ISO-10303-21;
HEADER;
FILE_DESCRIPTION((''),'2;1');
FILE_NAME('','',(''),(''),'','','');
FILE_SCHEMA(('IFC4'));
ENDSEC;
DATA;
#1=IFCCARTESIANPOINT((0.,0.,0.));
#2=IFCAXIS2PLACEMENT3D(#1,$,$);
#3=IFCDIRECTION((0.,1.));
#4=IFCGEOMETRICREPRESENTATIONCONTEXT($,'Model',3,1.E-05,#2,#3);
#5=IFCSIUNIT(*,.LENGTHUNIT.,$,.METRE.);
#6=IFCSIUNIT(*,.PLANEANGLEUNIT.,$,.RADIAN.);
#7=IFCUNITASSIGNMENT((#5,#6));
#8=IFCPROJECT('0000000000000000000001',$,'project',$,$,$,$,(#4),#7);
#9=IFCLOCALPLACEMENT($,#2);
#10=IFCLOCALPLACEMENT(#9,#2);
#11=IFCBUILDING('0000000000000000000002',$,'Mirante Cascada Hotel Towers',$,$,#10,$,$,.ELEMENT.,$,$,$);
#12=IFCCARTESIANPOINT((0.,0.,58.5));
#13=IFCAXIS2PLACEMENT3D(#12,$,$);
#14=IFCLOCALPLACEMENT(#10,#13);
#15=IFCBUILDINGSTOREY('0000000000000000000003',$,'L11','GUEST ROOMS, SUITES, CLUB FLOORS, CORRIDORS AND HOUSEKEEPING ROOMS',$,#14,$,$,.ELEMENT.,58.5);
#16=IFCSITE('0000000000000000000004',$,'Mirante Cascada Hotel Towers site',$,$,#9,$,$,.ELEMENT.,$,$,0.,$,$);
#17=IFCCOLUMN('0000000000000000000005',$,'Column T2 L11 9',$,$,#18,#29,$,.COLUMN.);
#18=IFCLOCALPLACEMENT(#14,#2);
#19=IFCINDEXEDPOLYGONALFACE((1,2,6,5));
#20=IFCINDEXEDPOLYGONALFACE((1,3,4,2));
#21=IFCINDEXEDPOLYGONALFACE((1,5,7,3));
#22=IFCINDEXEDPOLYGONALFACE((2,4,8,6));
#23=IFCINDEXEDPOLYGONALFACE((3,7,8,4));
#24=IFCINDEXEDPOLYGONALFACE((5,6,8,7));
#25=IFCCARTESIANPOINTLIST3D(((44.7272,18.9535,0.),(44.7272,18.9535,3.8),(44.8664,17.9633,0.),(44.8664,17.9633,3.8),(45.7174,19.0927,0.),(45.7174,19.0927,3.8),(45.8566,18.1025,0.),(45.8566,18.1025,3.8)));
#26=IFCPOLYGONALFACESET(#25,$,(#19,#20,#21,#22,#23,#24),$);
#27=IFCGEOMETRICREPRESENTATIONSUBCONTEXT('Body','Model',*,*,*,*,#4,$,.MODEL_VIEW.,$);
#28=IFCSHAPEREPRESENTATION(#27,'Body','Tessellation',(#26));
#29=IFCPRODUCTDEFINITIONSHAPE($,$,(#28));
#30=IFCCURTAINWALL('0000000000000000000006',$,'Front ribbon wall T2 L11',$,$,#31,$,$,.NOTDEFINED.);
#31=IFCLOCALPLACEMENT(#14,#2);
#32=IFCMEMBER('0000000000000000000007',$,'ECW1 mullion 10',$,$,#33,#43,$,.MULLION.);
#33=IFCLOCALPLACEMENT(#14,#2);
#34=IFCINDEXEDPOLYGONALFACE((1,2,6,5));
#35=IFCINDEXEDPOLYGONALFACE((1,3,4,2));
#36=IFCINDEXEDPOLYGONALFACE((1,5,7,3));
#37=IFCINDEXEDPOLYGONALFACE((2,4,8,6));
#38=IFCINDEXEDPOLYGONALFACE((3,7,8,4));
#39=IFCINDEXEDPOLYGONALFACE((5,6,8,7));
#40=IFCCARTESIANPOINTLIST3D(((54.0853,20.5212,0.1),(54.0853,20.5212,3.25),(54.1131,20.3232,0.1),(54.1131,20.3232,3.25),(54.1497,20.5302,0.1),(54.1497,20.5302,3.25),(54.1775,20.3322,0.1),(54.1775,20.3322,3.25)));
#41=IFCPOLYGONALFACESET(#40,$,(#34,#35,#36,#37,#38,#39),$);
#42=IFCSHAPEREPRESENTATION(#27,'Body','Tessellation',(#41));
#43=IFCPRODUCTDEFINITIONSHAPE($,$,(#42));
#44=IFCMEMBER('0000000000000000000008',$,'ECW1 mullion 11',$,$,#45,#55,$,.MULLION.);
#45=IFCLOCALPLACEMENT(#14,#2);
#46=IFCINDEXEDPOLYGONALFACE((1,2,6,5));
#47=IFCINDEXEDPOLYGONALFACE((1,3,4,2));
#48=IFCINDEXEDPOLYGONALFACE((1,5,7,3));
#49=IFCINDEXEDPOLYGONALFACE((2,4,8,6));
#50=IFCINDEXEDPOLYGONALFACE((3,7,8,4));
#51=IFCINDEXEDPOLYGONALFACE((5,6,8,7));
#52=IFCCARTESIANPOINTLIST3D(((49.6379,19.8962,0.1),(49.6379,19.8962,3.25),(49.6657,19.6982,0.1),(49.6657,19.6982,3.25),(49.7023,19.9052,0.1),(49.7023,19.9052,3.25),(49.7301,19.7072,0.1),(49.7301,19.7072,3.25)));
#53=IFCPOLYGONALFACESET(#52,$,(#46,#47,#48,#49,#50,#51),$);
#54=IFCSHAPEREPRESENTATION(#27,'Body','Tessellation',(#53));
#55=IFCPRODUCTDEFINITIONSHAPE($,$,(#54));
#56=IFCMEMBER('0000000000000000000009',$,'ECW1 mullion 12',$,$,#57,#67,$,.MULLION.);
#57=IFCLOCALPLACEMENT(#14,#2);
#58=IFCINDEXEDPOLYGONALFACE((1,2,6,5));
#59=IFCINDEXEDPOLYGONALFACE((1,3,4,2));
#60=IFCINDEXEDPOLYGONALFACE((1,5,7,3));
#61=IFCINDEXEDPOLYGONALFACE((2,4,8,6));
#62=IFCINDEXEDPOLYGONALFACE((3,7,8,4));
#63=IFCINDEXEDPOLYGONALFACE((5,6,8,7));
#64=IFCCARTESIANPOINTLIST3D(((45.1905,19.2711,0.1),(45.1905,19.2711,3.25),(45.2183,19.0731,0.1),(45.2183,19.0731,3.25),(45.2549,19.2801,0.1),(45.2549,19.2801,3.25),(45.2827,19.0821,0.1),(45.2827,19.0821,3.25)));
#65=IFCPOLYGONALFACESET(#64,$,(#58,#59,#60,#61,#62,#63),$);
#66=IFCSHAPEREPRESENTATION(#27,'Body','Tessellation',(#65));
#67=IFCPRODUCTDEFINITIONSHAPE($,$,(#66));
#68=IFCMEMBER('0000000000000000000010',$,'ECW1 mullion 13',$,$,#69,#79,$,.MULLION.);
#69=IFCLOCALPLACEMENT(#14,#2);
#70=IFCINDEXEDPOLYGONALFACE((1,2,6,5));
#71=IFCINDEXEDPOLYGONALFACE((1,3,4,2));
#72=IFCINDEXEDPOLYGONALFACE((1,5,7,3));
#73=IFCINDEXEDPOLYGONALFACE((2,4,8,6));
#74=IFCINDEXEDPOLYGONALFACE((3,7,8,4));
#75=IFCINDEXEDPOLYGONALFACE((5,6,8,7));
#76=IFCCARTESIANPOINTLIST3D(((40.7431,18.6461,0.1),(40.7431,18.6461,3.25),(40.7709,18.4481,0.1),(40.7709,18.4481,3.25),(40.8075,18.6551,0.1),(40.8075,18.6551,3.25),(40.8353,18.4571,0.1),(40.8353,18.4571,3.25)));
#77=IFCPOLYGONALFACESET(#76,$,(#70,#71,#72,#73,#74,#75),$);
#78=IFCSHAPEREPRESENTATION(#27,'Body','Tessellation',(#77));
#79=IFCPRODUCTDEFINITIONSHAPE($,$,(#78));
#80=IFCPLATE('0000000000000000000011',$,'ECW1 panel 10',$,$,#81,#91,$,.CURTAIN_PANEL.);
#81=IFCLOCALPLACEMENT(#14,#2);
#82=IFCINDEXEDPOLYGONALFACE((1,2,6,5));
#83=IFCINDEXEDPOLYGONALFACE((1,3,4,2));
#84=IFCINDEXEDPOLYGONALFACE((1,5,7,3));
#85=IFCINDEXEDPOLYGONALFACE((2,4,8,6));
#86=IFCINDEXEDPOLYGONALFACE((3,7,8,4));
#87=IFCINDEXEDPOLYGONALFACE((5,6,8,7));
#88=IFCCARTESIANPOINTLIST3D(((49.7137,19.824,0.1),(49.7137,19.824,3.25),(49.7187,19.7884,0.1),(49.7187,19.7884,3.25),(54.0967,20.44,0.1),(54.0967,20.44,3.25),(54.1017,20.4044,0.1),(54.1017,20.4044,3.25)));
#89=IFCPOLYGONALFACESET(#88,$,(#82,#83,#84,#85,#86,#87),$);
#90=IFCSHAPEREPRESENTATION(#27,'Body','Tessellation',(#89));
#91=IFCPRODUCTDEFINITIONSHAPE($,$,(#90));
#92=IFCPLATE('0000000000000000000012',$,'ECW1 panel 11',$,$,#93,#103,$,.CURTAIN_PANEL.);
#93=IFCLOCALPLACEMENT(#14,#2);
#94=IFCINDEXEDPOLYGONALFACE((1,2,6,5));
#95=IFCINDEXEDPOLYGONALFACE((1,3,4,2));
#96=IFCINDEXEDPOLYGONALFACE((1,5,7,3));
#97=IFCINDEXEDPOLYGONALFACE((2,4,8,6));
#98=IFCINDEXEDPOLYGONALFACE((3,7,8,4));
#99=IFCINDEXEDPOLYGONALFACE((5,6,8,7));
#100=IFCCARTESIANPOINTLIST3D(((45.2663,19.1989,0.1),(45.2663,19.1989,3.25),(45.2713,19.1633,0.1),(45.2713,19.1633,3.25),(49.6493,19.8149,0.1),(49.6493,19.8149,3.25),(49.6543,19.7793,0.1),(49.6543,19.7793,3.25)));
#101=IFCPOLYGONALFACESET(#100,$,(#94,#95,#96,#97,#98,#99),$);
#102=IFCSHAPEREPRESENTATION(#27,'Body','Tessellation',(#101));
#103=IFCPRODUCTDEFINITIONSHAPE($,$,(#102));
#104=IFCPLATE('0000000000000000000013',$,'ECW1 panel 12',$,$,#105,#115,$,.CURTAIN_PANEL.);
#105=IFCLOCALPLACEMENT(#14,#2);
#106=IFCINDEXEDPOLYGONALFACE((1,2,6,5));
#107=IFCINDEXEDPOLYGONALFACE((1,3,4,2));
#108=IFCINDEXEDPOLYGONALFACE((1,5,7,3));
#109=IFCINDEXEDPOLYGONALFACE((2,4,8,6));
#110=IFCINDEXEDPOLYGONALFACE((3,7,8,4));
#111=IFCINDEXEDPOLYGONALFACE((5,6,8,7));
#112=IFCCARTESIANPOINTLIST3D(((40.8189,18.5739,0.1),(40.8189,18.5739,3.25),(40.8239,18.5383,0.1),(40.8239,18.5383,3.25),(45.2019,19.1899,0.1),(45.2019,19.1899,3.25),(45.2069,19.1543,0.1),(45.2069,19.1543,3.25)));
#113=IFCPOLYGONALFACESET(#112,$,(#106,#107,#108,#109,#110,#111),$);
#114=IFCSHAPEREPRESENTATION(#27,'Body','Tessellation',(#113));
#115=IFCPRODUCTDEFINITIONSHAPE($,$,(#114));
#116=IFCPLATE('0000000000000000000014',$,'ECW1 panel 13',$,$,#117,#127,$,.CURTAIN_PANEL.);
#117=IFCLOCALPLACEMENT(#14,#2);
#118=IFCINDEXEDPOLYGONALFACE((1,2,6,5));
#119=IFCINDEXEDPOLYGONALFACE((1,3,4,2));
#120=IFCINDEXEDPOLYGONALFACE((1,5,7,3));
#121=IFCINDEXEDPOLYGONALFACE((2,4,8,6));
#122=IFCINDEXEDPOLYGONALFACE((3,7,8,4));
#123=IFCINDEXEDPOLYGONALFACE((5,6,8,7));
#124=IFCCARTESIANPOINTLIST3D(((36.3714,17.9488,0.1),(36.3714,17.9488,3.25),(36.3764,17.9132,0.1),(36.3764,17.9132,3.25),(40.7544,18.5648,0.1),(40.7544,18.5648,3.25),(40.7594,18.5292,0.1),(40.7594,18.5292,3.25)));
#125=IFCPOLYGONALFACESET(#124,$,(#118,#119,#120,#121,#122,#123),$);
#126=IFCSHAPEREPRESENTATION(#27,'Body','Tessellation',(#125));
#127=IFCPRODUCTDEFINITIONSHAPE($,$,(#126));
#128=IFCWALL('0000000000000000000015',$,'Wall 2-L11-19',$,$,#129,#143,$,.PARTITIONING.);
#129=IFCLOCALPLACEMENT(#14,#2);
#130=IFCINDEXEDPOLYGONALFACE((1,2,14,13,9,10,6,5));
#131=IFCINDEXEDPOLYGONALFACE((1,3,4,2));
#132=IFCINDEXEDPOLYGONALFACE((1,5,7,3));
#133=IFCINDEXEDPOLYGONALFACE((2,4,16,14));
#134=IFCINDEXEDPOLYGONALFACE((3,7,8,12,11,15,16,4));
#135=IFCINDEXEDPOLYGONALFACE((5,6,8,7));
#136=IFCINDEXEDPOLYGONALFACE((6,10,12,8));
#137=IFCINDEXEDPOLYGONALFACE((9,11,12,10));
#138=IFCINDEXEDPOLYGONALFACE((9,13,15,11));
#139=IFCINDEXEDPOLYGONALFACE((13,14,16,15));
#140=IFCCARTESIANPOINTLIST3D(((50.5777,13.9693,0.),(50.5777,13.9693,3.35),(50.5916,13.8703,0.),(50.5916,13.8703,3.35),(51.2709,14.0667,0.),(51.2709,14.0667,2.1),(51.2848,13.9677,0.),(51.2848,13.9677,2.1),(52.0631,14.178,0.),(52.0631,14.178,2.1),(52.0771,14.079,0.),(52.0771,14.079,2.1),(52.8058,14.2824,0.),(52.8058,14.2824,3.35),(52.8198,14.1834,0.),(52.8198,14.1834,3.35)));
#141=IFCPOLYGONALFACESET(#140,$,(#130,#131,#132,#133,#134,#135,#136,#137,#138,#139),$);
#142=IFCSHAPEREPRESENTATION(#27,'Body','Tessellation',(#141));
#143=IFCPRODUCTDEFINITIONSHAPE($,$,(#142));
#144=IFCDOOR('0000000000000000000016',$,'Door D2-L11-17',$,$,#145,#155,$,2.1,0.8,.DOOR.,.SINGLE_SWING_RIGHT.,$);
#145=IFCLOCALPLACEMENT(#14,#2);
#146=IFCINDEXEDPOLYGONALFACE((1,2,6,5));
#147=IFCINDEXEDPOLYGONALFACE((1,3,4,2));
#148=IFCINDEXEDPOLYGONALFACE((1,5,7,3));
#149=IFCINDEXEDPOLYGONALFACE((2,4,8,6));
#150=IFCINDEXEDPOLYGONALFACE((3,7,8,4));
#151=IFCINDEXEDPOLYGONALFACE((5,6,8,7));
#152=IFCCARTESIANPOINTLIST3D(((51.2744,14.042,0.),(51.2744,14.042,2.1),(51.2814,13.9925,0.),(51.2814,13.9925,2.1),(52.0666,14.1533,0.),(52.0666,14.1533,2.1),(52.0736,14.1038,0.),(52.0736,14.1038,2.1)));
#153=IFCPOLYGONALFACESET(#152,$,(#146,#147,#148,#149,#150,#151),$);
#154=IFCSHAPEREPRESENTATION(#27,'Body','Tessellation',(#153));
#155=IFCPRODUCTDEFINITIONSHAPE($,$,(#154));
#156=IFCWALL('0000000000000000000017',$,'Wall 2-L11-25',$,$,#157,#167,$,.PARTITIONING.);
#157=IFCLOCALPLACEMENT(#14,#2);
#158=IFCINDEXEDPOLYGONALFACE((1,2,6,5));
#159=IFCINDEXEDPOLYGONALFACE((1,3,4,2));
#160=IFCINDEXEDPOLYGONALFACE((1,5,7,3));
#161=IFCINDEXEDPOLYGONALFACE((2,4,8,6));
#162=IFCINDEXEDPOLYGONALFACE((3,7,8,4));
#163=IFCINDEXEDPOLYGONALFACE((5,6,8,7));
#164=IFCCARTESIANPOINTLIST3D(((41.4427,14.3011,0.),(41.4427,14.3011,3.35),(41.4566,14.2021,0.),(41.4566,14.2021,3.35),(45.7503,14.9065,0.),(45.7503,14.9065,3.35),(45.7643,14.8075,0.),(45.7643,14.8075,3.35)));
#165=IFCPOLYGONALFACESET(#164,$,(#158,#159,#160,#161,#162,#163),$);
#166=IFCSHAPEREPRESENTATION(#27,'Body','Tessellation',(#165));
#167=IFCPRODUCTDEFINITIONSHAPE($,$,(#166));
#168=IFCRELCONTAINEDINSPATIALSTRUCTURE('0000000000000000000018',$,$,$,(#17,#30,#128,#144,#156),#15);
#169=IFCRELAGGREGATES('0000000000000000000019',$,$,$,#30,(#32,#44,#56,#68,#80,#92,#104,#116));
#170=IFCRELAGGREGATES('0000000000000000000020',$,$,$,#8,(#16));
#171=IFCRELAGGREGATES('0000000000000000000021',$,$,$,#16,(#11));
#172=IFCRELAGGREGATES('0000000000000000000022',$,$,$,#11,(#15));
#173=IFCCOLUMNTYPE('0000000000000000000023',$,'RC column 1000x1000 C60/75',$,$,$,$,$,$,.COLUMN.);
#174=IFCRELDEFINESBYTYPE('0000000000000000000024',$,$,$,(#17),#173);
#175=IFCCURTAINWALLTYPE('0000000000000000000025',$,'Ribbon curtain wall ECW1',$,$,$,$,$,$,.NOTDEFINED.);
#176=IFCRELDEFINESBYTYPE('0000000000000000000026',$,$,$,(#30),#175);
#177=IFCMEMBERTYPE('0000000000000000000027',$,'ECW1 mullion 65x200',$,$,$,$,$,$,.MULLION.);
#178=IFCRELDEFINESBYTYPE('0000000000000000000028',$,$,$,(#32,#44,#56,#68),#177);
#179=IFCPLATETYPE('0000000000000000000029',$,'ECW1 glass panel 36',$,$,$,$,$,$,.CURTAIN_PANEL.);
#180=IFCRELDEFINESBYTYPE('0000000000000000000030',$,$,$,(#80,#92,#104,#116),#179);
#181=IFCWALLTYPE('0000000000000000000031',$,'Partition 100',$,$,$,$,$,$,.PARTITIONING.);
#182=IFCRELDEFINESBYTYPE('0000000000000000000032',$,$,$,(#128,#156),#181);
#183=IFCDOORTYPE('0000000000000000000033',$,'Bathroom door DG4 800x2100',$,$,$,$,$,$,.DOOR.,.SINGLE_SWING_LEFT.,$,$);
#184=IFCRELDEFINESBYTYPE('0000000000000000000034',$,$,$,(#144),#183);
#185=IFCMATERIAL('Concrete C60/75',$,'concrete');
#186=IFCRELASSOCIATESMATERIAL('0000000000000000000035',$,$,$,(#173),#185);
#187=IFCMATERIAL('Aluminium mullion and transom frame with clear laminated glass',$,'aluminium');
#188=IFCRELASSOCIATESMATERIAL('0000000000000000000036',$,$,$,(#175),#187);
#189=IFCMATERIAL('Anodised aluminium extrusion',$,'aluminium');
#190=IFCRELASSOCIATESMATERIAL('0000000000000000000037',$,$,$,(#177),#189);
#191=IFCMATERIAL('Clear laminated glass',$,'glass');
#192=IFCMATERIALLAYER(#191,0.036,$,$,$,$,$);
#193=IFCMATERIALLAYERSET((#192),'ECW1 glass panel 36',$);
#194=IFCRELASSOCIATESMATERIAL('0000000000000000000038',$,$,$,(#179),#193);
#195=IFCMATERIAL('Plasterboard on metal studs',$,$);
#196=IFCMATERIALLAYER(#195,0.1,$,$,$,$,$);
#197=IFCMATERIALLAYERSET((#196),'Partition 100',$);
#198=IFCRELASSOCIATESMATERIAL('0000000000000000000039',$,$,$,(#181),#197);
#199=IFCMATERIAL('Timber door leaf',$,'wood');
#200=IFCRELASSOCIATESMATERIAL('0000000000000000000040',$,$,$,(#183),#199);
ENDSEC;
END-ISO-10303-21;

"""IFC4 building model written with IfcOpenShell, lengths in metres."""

from ifc_helpers import new_model, si_unit, direction, frame, frame_2d, origin, origin_2d, place, context, subcontext, project, spatial, rectangle, extrude, material, layer, layer_set, material_profile, profile_set, type_object, element, fill, aggregate, save


model = new_model("IFC4")

# Units and contexts
model_context = context("Model", 3, precision=1e-05, world=origin(), true_north=direction((0.0, 1.0)))
body_context = subcontext(model_context, "Body", "Model", "MODEL_VIEW")
ifc_project = project(units=[si_unit("LENGTHUNIT", "METRE"), si_unit("PLANEANGLEUNIT", "RADIAN")], contexts=[model_context])

# Site, building, storey
site_placement = place(None, origin())
site = spatial("IfcSite", under=ifc_project, at=site_placement, Name="Mirante Cascada Hotel Towers site", CompositionType="ELEMENT", RefElevation=0.0)
building_placement = place(site_placement, origin())
building = spatial("IfcBuilding", under=site, at=building_placement, Name="Mirante Cascada Hotel Towers", CompositionType="ELEMENT")
storey_placement = place(building_placement, frame((0.0, 0.0, 58.5)))
storey = spatial("IfcBuildingStorey", under=building, at=storey_placement, Name="L11", Description="GUEST ROOMS, SUITES, CLUB FLOORS, CORRIDORS AND HOUSEKEEPING ROOMS", CompositionType="ELEMENT", Elevation=58.5)

# Column
ifc_material_1 = material(Name="Concrete C60/75", Category="concrete")
ifc_material_profile_1 = material_profile(ifc_material_1, rectangle(XDim=1.0, YDim=1.0, at=origin_2d()), Name="RC column 1000x1000 C60/75")
ifc_profile_set_1 = profile_set([ifc_material_profile_1], Name="Concrete C60/75")
column_type = type_object("IfcColumnType", Name="RC column 1000x1000 C60/75", PredefinedType="COLUMN", material=ifc_profile_set_1)
column_placement = place(storey_placement, frame((45.2919, 18.528, 0.0), z_axis=(0.0, 0.0, 1.0), x_axis=(0.990268, 0.139173, 0.0)))
element("IfcColumn", 1, at=column_placement, inside=storey, type_object=column_type, Name="Column T2 L11 9", PredefinedType="COLUMN", context=body_context, shape_type="SweptSolid", body=[
    extrude(rectangle(XDim=1.0, YDim=1.0, at=origin_2d()), origin(), (0.0, 0.0, 1.0), 3.8),
])

# Curtain wall, members, plates
ifc_material_2 = material(Name="Aluminium mullion and transom frame with clear laminated glass", Category="aluminium")
curtain_wall_type = type_object("IfcCurtainWallType", Name="Ribbon curtain wall ECW1", PredefinedType="NOTDEFINED", material=ifc_material_2)
curtain_wall_placement = place(storey_placement, origin())
curtain_wall = element("IfcCurtainWall", 2, at=curtain_wall_placement, inside=storey, type_object=curtain_wall_type, Name="Front ribbon wall T2 L11", PredefinedType="NOTDEFINED")
ifc_material_3 = material(Name="Anodised aluminium extrusion", Category="aluminium")
ifc_material_profile_2 = material_profile(ifc_material_3, rectangle(XDim=0.2, YDim=0.065, at=origin_2d()), Name="ECW1 MULLION 65x200")
ifc_profile_set_2 = profile_set([ifc_material_profile_2], Name="Anodised aluminium extrusion")
member_type = type_object("IfcMemberType", Name="ECW1 mullion 65x200", PredefinedType="MULLION", material=ifc_profile_set_2)
member_1_placement = place(storey_placement, frame((54.1314, 20.4267, 0.1), z_axis=(0.0, 0.0, 1.0), x_axis=(0.139173, -0.990268, 0.0)))
member_1 = element("IfcMember", 3, at=member_1_placement, type_object=member_type, Name="ECW1 mullion 10", PredefinedType="MULLION", context=body_context, shape_type="SweptSolid", body=[
    extrude(rectangle(XDim=0.2, YDim=0.065, at=origin_2d()), origin(), (0.0, 0.0, 1.0), 3.15),
])
member_2_placement = place(storey_placement, frame((49.684, 19.8017, 0.1), z_axis=(0.0, 0.0, 1.0), x_axis=(0.139173, -0.990268, 0.0)))
member_2 = element("IfcMember", 4, at=member_2_placement, type_object=member_type, Name="ECW1 mullion 11", PredefinedType="MULLION", context=body_context, shape_type="SweptSolid", body=[
    extrude(rectangle(XDim=0.2, YDim=0.065, at=origin_2d()), origin(), (0.0, 0.0, 1.0), 3.15),
])
member_3_placement = place(storey_placement, frame((45.2366, 19.1766, 0.1), z_axis=(0.0, 0.0, 1.0), x_axis=(0.139173, -0.990268, 0.0)))
member_3 = element("IfcMember", 5, at=member_3_placement, type_object=member_type, Name="ECW1 mullion 12", PredefinedType="MULLION", context=body_context, shape_type="SweptSolid", body=[
    extrude(rectangle(XDim=0.2, YDim=0.065, at=origin_2d()), origin(), (0.0, 0.0, 1.0), 3.15),
])
member_4_placement = place(storey_placement, frame((40.7892, 18.5516, 0.1), z_axis=(0.0, 0.0, 1.0), x_axis=(0.139173, -0.990268, 0.0)))
member_4 = element("IfcMember", 6, at=member_4_placement, type_object=member_type, Name="ECW1 mullion 13", PredefinedType="MULLION", context=body_context, shape_type="SweptSolid", body=[
    extrude(rectangle(XDim=0.2, YDim=0.065, at=origin_2d()), origin(), (0.0, 0.0, 1.0), 3.15),
])
ifc_material_4 = material(Name="Clear laminated glass", Category="glass")
ifc_layer_1 = layer(ifc_material_4, 0.036)
ifc_layer_set_1 = layer_set([ifc_layer_1], Name="ECW1 glass panel 36")
plate_type = type_object("IfcPlateType", Name="ECW1 glass panel 36", PredefinedType="CURTAIN_PANEL", material=ifc_layer_set_1)
plate_1_placement = place(storey_placement, frame((51.9077, 20.1142, 0.1), z_axis=(0.0, 0.0, 1.0), x_axis=(-0.990268, -0.139173, 0.0)))
plate_1 = element("IfcPlate", 7, at=plate_1_placement, type_object=plate_type, Name="ECW1 panel 10", PredefinedType="CURTAIN_PANEL", context=body_context, shape_type="SweptSolid", body=[
    extrude(rectangle(XDim=4.4261, YDim=0.036, at=origin_2d()), origin(), (0.0, 0.0, 1.0), 3.15),
])
plate_2_placement = place(storey_placement, frame((47.4603, 19.4891, 0.1), z_axis=(0.0, 0.0, 1.0), x_axis=(-0.990268, -0.139173, 0.0)))
plate_2 = element("IfcPlate", 8, at=plate_2_placement, type_object=plate_type, Name="ECW1 panel 11", PredefinedType="CURTAIN_PANEL", context=body_context, shape_type="SweptSolid", body=[
    extrude(rectangle(XDim=4.4261, YDim=0.036, at=origin_2d()), origin(), (0.0, 0.0, 1.0), 3.15),
])
plate_3_placement = place(storey_placement, frame((43.0129, 18.8641, 0.1), z_axis=(0.0, 0.0, 1.0), x_axis=(-0.990268, -0.139173, 0.0)))
plate_3 = element("IfcPlate", 9, at=plate_3_placement, type_object=plate_type, Name="ECW1 panel 12", PredefinedType="CURTAIN_PANEL", context=body_context, shape_type="SweptSolid", body=[
    extrude(rectangle(XDim=4.4261, YDim=0.036, at=origin_2d()), origin(), (0.0, 0.0, 1.0), 3.15),
])
plate_4_placement = place(storey_placement, frame((38.5654, 18.239, 0.1), z_axis=(0.0, 0.0, 1.0), x_axis=(-0.990268, -0.139173, 0.0)))
plate_4 = element("IfcPlate", 10, at=plate_4_placement, type_object=plate_type, Name="ECW1 panel 13", PredefinedType="CURTAIN_PANEL", context=body_context, shape_type="SweptSolid", body=[
    extrude(rectangle(XDim=4.4261, YDim=0.036, at=origin_2d()), origin(), (0.0, 0.0, 1.0), 3.15),
])
aggregate(curtain_wall, [member_1, member_2, member_3, member_4, plate_1, plate_2, plate_3, plate_4])

# Wall, opening, door
ifc_material_5 = material(Name="Plasterboard on metal studs")
ifc_layer_2 = layer(ifc_material_5, 0.1)
ifc_layer_set_2 = layer_set([ifc_layer_2], Name="Partition 100")
wall_type = type_object("IfcWallType", Name="Partition 100", PredefinedType="PARTITIONING", material=ifc_layer_set_2)
wall_1_placement = place(storey_placement, frame((52.8128, 14.2329, 0.0), z_axis=(0.0, 0.0, 1.0), x_axis=(-0.990271, -0.139156, 0.0)))
wall_1 = element("IfcWall", 11, at=wall_1_placement, inside=storey, type_object=wall_type, Name="Wall 2-L11-19", PredefinedType="PARTITIONING", context=body_context, shape_type="SweptSolid", body=[
    extrude(rectangle(XDim=2.25, YDim=0.1, at=frame_2d((1.125, 0.0))), origin(), (0.0, 0.0, 1.0), 3.35),
])
opening_1_placement = place(wall_1_placement, frame((0.75, 0.0, 0.0)))
opening_1 = element("IfcOpeningElement", 12, at=opening_1_placement, cuts=wall_1, PredefinedType="OPENING", context=body_context, shape_type="SweptSolid", body=[
    extrude(rectangle(XDim=0.8, YDim=2.1, at=frame_2d((0.4, 1.05))), frame((0.0, 0.05, 0.0), z_axis=(0.0, -1.0, 0.0), x_axis=(1.0, 0.0, 0.0)), (0.0, 0.0, 1.0), 0.1),
])
ifc_material_6 = material(Name="Timber door leaf", Category="wood")
door_type_1 = type_object("IfcDoorType", Name="Bathroom door DG4 800x2100", OperationType="SINGLE_SWING_LEFT", PredefinedType="DOOR", material=ifc_material_6)
door_1_placement = place(opening_1_placement, frame((0.8, 0.0, 0.0), z_axis=(0.0, 0.0, 1.0), x_axis=(-1.0, 0.0, 0.0)))
door_1 = element("IfcDoor", 13, at=door_1_placement, inside=storey, type_object=door_type_1, Name="Door D2-L11-17", OperationType="SINGLE_SWING_RIGHT", OverallHeight=2.1, OverallWidth=0.8, PredefinedType="DOOR", context=body_context, shape_type="SweptSolid", body=[
    extrude(rectangle(XDim=0.8, YDim=2.1, at=frame_2d((0.4, 1.05))), frame((0.0, 0.025, 0.0), z_axis=(0.0, -1.0, 0.0), x_axis=(1.0, 0.0, 0.0)), (0.0, 0.0, 1.0), 0.05),
])
fill(opening_1, door_1)

# Wall
wall_2_placement = place(storey_placement, frame((45.7573, 14.857, 0.0), z_axis=(0.0, 0.0, 1.0), x_axis=(-0.990268, -0.139171, 0.0)))
element("IfcWall", 14, at=wall_2_placement, inside=storey, type_object=wall_type, Name="Wall 2-L11-25", PredefinedType="PARTITIONING", context=body_context, shape_type="SweptSolid", body=[
    extrude(rectangle(XDim=4.35, YDim=0.1, at=frame_2d((2.175, 0.0))), origin(), (0.0, 0.0, 1.0), 3.35),
])

save(model, "model.ifc")
